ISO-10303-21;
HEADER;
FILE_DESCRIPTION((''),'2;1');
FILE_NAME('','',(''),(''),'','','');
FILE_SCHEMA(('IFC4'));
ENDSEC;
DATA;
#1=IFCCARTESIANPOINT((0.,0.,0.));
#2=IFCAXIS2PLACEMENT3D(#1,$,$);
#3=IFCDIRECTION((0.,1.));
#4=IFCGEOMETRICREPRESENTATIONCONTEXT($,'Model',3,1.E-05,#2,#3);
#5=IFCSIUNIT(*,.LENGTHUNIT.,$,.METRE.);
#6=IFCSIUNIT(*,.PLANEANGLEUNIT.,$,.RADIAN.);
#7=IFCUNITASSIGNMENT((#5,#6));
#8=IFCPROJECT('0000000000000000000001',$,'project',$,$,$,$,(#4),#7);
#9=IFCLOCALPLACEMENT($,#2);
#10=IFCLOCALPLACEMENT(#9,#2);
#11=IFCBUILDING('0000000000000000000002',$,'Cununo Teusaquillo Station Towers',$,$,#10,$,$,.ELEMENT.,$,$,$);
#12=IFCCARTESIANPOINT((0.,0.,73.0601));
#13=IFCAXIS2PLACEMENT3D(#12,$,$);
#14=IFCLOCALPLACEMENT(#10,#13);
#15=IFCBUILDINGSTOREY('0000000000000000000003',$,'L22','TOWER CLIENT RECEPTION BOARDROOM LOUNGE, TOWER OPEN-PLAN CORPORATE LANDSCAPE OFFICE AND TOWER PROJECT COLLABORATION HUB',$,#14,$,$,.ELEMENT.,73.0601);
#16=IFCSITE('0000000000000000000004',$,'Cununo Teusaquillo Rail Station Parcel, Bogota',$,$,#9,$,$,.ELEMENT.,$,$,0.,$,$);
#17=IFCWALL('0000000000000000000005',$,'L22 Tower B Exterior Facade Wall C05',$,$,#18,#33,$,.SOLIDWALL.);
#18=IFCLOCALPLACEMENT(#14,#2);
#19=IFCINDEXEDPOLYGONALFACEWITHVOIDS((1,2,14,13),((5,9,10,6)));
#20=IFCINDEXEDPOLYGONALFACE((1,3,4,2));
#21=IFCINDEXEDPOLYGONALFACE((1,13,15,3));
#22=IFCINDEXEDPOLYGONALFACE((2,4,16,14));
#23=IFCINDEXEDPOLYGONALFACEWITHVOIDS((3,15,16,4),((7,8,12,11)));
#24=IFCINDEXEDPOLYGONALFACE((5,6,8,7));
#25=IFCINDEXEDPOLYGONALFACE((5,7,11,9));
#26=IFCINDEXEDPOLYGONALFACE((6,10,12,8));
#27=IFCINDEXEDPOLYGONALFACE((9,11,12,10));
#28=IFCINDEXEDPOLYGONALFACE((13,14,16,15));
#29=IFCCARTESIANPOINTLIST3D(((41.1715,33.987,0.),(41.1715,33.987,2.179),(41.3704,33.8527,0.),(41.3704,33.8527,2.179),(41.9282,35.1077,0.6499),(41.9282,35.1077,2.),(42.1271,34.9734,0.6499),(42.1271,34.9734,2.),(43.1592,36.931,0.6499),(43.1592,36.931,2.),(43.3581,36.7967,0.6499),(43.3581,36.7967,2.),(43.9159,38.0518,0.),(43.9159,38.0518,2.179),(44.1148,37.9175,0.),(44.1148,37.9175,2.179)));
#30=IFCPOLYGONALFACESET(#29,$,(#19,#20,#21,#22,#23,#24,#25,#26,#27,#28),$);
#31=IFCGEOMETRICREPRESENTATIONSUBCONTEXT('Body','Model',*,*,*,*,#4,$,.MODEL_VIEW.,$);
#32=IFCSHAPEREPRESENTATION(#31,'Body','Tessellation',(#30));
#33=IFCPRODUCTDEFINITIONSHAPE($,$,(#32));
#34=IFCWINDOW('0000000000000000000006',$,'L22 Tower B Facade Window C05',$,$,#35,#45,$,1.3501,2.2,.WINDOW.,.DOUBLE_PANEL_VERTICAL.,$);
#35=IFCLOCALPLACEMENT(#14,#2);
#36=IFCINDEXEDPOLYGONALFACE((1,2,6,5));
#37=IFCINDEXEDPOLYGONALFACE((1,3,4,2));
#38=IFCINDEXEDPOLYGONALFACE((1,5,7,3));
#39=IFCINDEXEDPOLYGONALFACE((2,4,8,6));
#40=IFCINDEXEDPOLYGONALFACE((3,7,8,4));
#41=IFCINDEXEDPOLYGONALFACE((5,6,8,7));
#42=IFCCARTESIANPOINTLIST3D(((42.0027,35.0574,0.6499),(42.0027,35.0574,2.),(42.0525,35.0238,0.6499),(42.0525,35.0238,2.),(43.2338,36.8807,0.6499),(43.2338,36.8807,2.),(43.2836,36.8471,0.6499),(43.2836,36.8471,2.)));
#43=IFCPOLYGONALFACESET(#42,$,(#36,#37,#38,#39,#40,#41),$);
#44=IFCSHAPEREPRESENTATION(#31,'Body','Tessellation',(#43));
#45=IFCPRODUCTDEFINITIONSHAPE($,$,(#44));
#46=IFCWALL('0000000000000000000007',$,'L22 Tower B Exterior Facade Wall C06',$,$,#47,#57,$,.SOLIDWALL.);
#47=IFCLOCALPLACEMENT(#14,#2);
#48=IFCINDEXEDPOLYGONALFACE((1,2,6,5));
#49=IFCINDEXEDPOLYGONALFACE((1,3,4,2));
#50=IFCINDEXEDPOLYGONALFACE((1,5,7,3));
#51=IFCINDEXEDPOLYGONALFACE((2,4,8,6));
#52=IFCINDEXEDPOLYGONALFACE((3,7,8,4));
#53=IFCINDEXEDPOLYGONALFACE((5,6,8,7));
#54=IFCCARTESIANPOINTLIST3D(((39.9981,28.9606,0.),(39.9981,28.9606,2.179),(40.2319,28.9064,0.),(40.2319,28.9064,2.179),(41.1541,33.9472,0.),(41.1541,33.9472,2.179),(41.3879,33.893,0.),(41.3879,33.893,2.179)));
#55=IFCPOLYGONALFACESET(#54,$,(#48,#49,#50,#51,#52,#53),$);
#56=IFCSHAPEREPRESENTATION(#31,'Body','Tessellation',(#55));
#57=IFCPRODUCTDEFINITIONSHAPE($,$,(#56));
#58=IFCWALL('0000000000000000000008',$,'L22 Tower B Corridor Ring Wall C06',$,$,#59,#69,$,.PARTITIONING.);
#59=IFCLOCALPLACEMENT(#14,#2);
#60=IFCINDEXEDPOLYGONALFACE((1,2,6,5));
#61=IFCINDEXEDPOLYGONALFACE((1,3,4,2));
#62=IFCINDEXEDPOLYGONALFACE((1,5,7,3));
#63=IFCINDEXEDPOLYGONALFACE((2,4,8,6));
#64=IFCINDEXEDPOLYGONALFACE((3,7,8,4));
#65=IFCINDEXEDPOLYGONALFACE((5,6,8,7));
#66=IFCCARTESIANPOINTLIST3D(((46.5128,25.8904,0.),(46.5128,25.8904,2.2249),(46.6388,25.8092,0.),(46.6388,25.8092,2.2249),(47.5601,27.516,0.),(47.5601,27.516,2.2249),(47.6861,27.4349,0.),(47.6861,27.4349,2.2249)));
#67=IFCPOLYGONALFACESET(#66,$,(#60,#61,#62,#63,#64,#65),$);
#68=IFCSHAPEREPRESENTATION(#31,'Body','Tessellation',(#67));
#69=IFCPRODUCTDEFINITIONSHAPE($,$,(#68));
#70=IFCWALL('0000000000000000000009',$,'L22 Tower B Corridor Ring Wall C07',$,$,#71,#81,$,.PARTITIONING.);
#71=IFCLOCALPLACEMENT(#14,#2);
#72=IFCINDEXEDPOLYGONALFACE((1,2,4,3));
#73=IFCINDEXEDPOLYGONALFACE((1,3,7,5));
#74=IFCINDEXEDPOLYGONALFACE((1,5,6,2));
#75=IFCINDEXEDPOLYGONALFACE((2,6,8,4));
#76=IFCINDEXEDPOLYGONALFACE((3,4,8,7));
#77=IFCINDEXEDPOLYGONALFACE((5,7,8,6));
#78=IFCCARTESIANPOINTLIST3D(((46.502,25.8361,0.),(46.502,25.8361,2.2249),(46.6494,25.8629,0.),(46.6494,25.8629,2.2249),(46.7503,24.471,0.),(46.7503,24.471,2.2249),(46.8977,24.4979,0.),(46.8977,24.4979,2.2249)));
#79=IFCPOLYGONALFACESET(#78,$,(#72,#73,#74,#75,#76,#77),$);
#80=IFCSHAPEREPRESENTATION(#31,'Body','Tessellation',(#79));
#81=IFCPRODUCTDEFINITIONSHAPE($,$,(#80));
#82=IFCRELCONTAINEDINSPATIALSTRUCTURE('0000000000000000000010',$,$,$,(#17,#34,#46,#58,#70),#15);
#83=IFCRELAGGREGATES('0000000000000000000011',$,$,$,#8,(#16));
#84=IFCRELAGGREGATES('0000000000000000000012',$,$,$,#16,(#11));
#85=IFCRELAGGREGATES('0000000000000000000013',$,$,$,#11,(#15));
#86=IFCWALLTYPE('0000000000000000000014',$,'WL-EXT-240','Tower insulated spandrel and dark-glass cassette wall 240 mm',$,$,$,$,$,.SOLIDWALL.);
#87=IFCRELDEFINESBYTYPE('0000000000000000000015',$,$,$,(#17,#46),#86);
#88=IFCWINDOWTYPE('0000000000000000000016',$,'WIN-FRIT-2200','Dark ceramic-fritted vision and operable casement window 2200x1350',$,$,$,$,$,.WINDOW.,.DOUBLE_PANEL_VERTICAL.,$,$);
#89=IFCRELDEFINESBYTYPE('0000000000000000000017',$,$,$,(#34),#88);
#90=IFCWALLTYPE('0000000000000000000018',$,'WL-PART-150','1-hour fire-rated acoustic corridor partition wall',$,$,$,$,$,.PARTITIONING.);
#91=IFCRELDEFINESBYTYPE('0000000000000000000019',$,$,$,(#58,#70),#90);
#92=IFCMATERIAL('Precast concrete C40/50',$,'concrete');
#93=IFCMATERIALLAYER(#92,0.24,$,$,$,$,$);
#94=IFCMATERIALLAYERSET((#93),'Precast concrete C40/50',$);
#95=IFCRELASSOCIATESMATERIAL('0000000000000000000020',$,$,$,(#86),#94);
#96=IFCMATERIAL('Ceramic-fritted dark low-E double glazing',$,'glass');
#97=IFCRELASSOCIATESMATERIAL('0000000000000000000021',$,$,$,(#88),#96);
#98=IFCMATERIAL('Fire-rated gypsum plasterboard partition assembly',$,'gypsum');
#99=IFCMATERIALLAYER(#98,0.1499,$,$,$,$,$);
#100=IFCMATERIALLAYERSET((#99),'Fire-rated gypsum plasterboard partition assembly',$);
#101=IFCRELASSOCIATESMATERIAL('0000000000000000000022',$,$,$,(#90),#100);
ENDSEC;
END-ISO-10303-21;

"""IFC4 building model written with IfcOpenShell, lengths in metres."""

from ifc_helpers import new_model, si_unit, direction, frame, frame_2d, origin, place, context, subcontext, project, spatial, rectangle, extrude, source, transform, mapped, material, layer, layer_set, type_object, element, fill, save


model = new_model("IFC4")

# Units and contexts
model_context = context("Model", 3, precision=1e-05, world=origin(), true_north=direction((0.0, 1.0)))
body_context = subcontext(model_context, "Body", "Model", "MODEL_VIEW")
ifc_project = project(units=[si_unit("LENGTHUNIT", "METRE"), si_unit("PLANEANGLEUNIT", "RADIAN")], contexts=[model_context])

# Site, building, storey
site_placement = place(None, origin())
site = spatial("IfcSite", under=ifc_project, at=site_placement, Name="Cununo Teusaquillo Rail Station Parcel, Bogota", CompositionType="ELEMENT", RefElevation=0.0)
building_placement = place(site_placement, origin())
building = spatial("IfcBuilding", under=site, at=building_placement, Name="Cununo Teusaquillo Station Towers", CompositionType="ELEMENT")
storey_placement = place(building_placement, frame((0.0, 0.0, 73.0601)))
storey = spatial("IfcBuildingStorey", under=building, at=storey_placement, Name="L22", Description="TOWER CLIENT RECEPTION BOARDROOM LOUNGE, TOWER OPEN-PLAN CORPORATE LANDSCAPE OFFICE AND TOWER PROJECT COLLABORATION HUB", CompositionType="ELEMENT", Elevation=73.0601)

# Shared definitions
ifc_material_1 = material(Name="Precast concrete C40/50", Category="concrete")
ifc_layer_1 = layer(ifc_material_1, 0.24)
ifc_layer_set_1 = layer_set([ifc_layer_1], Name="Precast concrete C40/50")
wall_type_1 = type_object("IfcWallType", Name="WL-EXT-240", Description="Tower insulated spandrel and dark-glass cassette wall 240 mm", PredefinedType="SOLIDWALL", material=ifc_layer_set_1)

# Wall, opening, window
wall_1_placement = place(storey_placement, frame((41.271, 33.9199, 0.0), z_axis=(0.0, 0.0, 1.0), x_axis=(0.559573, 0.828781, 0.0)))
wall_1 = element("IfcWall", 1, at=wall_1_placement, inside=storey, type_object=wall_type_1, Name="L22 Tower B Exterior Facade Wall C05", PredefinedType="SOLIDWALL", context=body_context, shape_type="SweptSolid", body=[
    extrude(rectangle(XDim=4.9045, YDim=0.24, at=frame_2d((2.4521, 0.0))), origin(), (0.0, 0.0, 1.0), 2.179),
])
shared_shape_1 = source(origin(), body_context, "Body", "SweptSolid", [
    extrude(rectangle(XDim=2.2, YDim=1.3501, at=frame_2d((1.1001, 0.675))), frame((0.0, 0.1299, 0.0), z_axis=(0.0, -1.0, 0.0), x_axis=(1.0, 0.0, 0.0)), (0.0, 0.0, 1.0), 0.26),
])
opening_1_placement = place(wall_1_placement, frame((1.3521, 0.0, 0.6499)))
opening_1 = element("IfcOpeningElement", 2, at=opening_1_placement, cuts=wall_1, PredefinedType="OPENING", context=body_context, shape_type="MappedRepresentation", body=[
    mapped(shared_shape_1, transform((0.0, 0.0, 0.0), x_axis=(1.0, 0.0, 0.0), y_axis=(0.0, 1.0, 0.0), z_axis=(0.0, 0.0, 1.0), scale=1.0)),
])
ifc_material_2 = material(Name="Ceramic-fritted dark low-E double glazing", Category="glass")
window_type_1 = type_object("IfcWindowType", Name="WIN-FRIT-2200", Description="Dark ceramic-fritted vision and operable casement window 2200x1350", PartitioningType="DOUBLE_PANEL_VERTICAL", PredefinedType="WINDOW", material=ifc_material_2)
shared_shape_2 = source(origin(), body_context, "Body", "SweptSolid", [
    extrude(rectangle(XDim=2.2, YDim=1.3501, at=frame_2d((1.1001, 0.675))), frame((0.0, 0.03, 0.0), z_axis=(0.0, -1.0, 0.0), x_axis=(1.0, 0.0, 0.0)), (0.0, 0.0, 1.0), 0.0601),
])
window_1_placement = place(opening_1_placement, origin())
window_1 = element("IfcWindow", 3, at=window_1_placement, inside=storey, type_object=window_type_1, Name="L22 Tower B Facade Window C05", OverallHeight=1.3501, OverallWidth=2.2, PartitioningType="DOUBLE_PANEL_VERTICAL", PredefinedType="WINDOW", context=body_context, shape_type="MappedRepresentation", body=[
    mapped(shared_shape_2, transform((0.0, 0.0, 0.0), x_axis=(1.0, 0.0, 0.0), y_axis=(0.0, 1.0, 0.0), z_axis=(0.0, 0.0, 1.0), scale=1.0)),
])
fill(opening_1, window_1)

# Walls
wall_2_placement = place(storey_placement, frame((40.115, 28.9333, 0.0), z_axis=(0.0, 0.0, 1.0), x_axis=(0.225835, 0.974166, 0.0)))
element("IfcWall", 4, at=wall_2_placement, inside=storey, type_object=wall_type_1, Name="L22 Tower B Exterior Facade Wall C06", PredefinedType="SOLIDWALL", context=body_context, shape_type="SweptSolid", body=[
    extrude(rectangle(XDim=5.1189, YDim=0.24, at=frame_2d((2.5596, 0.0))), origin(), (0.0, 0.0, 1.0), 2.179),
])
ifc_material_3 = material(Name="Fire-rated gypsum plasterboard partition assembly", Category="gypsum")
ifc_layer_2 = layer(ifc_material_3, 0.1499)
ifc_layer_set_2 = layer_set([ifc_layer_2], Name="Fire-rated gypsum plasterboard partition assembly")
wall_type_2 = type_object("IfcWallType", Name="WL-PART-150", Description="1-hour fire-rated acoustic corridor partition wall", PredefinedType="PARTITIONING", material=ifc_layer_set_2)
wall_3_placement = place(storey_placement, frame((47.623, 27.4753, 0.0), z_axis=(0.0, 0.0, 1.0), x_axis=(-0.54158, -0.840649, 0.0)))
element("IfcWall", 5, at=wall_3_placement, inside=storey, type_object=wall_type_2, Name="L22 Tower B Corridor Ring Wall C06", PredefinedType="PARTITIONING", context=body_context, shape_type="SweptSolid", body=[
    extrude(rectangle(XDim=1.9338, YDim=0.1499, at=frame_2d((0.9668, 0.0))), origin(), (0.0, 0.0, 1.0), 2.2249),
])
wall_4_placement = place(storey_placement, frame((46.5757, 25.8496, 0.0), z_axis=(0.0, 0.0, 1.0), x_axis=(0.178963, -0.983856, 0.0)))
element("IfcWall", 6, at=wall_4_placement, inside=storey, type_object=wall_type_2, Name="L22 Tower B Corridor Ring Wall C07", PredefinedType="PARTITIONING", context=body_context, shape_type="SweptSolid", body=[
    extrude(rectangle(XDim=1.3875, YDim=0.1499, at=frame_2d((0.6938, 0.0))), origin(), (0.0, 0.0, 1.0), 2.2249),
])

save(model, "model.ifc")
